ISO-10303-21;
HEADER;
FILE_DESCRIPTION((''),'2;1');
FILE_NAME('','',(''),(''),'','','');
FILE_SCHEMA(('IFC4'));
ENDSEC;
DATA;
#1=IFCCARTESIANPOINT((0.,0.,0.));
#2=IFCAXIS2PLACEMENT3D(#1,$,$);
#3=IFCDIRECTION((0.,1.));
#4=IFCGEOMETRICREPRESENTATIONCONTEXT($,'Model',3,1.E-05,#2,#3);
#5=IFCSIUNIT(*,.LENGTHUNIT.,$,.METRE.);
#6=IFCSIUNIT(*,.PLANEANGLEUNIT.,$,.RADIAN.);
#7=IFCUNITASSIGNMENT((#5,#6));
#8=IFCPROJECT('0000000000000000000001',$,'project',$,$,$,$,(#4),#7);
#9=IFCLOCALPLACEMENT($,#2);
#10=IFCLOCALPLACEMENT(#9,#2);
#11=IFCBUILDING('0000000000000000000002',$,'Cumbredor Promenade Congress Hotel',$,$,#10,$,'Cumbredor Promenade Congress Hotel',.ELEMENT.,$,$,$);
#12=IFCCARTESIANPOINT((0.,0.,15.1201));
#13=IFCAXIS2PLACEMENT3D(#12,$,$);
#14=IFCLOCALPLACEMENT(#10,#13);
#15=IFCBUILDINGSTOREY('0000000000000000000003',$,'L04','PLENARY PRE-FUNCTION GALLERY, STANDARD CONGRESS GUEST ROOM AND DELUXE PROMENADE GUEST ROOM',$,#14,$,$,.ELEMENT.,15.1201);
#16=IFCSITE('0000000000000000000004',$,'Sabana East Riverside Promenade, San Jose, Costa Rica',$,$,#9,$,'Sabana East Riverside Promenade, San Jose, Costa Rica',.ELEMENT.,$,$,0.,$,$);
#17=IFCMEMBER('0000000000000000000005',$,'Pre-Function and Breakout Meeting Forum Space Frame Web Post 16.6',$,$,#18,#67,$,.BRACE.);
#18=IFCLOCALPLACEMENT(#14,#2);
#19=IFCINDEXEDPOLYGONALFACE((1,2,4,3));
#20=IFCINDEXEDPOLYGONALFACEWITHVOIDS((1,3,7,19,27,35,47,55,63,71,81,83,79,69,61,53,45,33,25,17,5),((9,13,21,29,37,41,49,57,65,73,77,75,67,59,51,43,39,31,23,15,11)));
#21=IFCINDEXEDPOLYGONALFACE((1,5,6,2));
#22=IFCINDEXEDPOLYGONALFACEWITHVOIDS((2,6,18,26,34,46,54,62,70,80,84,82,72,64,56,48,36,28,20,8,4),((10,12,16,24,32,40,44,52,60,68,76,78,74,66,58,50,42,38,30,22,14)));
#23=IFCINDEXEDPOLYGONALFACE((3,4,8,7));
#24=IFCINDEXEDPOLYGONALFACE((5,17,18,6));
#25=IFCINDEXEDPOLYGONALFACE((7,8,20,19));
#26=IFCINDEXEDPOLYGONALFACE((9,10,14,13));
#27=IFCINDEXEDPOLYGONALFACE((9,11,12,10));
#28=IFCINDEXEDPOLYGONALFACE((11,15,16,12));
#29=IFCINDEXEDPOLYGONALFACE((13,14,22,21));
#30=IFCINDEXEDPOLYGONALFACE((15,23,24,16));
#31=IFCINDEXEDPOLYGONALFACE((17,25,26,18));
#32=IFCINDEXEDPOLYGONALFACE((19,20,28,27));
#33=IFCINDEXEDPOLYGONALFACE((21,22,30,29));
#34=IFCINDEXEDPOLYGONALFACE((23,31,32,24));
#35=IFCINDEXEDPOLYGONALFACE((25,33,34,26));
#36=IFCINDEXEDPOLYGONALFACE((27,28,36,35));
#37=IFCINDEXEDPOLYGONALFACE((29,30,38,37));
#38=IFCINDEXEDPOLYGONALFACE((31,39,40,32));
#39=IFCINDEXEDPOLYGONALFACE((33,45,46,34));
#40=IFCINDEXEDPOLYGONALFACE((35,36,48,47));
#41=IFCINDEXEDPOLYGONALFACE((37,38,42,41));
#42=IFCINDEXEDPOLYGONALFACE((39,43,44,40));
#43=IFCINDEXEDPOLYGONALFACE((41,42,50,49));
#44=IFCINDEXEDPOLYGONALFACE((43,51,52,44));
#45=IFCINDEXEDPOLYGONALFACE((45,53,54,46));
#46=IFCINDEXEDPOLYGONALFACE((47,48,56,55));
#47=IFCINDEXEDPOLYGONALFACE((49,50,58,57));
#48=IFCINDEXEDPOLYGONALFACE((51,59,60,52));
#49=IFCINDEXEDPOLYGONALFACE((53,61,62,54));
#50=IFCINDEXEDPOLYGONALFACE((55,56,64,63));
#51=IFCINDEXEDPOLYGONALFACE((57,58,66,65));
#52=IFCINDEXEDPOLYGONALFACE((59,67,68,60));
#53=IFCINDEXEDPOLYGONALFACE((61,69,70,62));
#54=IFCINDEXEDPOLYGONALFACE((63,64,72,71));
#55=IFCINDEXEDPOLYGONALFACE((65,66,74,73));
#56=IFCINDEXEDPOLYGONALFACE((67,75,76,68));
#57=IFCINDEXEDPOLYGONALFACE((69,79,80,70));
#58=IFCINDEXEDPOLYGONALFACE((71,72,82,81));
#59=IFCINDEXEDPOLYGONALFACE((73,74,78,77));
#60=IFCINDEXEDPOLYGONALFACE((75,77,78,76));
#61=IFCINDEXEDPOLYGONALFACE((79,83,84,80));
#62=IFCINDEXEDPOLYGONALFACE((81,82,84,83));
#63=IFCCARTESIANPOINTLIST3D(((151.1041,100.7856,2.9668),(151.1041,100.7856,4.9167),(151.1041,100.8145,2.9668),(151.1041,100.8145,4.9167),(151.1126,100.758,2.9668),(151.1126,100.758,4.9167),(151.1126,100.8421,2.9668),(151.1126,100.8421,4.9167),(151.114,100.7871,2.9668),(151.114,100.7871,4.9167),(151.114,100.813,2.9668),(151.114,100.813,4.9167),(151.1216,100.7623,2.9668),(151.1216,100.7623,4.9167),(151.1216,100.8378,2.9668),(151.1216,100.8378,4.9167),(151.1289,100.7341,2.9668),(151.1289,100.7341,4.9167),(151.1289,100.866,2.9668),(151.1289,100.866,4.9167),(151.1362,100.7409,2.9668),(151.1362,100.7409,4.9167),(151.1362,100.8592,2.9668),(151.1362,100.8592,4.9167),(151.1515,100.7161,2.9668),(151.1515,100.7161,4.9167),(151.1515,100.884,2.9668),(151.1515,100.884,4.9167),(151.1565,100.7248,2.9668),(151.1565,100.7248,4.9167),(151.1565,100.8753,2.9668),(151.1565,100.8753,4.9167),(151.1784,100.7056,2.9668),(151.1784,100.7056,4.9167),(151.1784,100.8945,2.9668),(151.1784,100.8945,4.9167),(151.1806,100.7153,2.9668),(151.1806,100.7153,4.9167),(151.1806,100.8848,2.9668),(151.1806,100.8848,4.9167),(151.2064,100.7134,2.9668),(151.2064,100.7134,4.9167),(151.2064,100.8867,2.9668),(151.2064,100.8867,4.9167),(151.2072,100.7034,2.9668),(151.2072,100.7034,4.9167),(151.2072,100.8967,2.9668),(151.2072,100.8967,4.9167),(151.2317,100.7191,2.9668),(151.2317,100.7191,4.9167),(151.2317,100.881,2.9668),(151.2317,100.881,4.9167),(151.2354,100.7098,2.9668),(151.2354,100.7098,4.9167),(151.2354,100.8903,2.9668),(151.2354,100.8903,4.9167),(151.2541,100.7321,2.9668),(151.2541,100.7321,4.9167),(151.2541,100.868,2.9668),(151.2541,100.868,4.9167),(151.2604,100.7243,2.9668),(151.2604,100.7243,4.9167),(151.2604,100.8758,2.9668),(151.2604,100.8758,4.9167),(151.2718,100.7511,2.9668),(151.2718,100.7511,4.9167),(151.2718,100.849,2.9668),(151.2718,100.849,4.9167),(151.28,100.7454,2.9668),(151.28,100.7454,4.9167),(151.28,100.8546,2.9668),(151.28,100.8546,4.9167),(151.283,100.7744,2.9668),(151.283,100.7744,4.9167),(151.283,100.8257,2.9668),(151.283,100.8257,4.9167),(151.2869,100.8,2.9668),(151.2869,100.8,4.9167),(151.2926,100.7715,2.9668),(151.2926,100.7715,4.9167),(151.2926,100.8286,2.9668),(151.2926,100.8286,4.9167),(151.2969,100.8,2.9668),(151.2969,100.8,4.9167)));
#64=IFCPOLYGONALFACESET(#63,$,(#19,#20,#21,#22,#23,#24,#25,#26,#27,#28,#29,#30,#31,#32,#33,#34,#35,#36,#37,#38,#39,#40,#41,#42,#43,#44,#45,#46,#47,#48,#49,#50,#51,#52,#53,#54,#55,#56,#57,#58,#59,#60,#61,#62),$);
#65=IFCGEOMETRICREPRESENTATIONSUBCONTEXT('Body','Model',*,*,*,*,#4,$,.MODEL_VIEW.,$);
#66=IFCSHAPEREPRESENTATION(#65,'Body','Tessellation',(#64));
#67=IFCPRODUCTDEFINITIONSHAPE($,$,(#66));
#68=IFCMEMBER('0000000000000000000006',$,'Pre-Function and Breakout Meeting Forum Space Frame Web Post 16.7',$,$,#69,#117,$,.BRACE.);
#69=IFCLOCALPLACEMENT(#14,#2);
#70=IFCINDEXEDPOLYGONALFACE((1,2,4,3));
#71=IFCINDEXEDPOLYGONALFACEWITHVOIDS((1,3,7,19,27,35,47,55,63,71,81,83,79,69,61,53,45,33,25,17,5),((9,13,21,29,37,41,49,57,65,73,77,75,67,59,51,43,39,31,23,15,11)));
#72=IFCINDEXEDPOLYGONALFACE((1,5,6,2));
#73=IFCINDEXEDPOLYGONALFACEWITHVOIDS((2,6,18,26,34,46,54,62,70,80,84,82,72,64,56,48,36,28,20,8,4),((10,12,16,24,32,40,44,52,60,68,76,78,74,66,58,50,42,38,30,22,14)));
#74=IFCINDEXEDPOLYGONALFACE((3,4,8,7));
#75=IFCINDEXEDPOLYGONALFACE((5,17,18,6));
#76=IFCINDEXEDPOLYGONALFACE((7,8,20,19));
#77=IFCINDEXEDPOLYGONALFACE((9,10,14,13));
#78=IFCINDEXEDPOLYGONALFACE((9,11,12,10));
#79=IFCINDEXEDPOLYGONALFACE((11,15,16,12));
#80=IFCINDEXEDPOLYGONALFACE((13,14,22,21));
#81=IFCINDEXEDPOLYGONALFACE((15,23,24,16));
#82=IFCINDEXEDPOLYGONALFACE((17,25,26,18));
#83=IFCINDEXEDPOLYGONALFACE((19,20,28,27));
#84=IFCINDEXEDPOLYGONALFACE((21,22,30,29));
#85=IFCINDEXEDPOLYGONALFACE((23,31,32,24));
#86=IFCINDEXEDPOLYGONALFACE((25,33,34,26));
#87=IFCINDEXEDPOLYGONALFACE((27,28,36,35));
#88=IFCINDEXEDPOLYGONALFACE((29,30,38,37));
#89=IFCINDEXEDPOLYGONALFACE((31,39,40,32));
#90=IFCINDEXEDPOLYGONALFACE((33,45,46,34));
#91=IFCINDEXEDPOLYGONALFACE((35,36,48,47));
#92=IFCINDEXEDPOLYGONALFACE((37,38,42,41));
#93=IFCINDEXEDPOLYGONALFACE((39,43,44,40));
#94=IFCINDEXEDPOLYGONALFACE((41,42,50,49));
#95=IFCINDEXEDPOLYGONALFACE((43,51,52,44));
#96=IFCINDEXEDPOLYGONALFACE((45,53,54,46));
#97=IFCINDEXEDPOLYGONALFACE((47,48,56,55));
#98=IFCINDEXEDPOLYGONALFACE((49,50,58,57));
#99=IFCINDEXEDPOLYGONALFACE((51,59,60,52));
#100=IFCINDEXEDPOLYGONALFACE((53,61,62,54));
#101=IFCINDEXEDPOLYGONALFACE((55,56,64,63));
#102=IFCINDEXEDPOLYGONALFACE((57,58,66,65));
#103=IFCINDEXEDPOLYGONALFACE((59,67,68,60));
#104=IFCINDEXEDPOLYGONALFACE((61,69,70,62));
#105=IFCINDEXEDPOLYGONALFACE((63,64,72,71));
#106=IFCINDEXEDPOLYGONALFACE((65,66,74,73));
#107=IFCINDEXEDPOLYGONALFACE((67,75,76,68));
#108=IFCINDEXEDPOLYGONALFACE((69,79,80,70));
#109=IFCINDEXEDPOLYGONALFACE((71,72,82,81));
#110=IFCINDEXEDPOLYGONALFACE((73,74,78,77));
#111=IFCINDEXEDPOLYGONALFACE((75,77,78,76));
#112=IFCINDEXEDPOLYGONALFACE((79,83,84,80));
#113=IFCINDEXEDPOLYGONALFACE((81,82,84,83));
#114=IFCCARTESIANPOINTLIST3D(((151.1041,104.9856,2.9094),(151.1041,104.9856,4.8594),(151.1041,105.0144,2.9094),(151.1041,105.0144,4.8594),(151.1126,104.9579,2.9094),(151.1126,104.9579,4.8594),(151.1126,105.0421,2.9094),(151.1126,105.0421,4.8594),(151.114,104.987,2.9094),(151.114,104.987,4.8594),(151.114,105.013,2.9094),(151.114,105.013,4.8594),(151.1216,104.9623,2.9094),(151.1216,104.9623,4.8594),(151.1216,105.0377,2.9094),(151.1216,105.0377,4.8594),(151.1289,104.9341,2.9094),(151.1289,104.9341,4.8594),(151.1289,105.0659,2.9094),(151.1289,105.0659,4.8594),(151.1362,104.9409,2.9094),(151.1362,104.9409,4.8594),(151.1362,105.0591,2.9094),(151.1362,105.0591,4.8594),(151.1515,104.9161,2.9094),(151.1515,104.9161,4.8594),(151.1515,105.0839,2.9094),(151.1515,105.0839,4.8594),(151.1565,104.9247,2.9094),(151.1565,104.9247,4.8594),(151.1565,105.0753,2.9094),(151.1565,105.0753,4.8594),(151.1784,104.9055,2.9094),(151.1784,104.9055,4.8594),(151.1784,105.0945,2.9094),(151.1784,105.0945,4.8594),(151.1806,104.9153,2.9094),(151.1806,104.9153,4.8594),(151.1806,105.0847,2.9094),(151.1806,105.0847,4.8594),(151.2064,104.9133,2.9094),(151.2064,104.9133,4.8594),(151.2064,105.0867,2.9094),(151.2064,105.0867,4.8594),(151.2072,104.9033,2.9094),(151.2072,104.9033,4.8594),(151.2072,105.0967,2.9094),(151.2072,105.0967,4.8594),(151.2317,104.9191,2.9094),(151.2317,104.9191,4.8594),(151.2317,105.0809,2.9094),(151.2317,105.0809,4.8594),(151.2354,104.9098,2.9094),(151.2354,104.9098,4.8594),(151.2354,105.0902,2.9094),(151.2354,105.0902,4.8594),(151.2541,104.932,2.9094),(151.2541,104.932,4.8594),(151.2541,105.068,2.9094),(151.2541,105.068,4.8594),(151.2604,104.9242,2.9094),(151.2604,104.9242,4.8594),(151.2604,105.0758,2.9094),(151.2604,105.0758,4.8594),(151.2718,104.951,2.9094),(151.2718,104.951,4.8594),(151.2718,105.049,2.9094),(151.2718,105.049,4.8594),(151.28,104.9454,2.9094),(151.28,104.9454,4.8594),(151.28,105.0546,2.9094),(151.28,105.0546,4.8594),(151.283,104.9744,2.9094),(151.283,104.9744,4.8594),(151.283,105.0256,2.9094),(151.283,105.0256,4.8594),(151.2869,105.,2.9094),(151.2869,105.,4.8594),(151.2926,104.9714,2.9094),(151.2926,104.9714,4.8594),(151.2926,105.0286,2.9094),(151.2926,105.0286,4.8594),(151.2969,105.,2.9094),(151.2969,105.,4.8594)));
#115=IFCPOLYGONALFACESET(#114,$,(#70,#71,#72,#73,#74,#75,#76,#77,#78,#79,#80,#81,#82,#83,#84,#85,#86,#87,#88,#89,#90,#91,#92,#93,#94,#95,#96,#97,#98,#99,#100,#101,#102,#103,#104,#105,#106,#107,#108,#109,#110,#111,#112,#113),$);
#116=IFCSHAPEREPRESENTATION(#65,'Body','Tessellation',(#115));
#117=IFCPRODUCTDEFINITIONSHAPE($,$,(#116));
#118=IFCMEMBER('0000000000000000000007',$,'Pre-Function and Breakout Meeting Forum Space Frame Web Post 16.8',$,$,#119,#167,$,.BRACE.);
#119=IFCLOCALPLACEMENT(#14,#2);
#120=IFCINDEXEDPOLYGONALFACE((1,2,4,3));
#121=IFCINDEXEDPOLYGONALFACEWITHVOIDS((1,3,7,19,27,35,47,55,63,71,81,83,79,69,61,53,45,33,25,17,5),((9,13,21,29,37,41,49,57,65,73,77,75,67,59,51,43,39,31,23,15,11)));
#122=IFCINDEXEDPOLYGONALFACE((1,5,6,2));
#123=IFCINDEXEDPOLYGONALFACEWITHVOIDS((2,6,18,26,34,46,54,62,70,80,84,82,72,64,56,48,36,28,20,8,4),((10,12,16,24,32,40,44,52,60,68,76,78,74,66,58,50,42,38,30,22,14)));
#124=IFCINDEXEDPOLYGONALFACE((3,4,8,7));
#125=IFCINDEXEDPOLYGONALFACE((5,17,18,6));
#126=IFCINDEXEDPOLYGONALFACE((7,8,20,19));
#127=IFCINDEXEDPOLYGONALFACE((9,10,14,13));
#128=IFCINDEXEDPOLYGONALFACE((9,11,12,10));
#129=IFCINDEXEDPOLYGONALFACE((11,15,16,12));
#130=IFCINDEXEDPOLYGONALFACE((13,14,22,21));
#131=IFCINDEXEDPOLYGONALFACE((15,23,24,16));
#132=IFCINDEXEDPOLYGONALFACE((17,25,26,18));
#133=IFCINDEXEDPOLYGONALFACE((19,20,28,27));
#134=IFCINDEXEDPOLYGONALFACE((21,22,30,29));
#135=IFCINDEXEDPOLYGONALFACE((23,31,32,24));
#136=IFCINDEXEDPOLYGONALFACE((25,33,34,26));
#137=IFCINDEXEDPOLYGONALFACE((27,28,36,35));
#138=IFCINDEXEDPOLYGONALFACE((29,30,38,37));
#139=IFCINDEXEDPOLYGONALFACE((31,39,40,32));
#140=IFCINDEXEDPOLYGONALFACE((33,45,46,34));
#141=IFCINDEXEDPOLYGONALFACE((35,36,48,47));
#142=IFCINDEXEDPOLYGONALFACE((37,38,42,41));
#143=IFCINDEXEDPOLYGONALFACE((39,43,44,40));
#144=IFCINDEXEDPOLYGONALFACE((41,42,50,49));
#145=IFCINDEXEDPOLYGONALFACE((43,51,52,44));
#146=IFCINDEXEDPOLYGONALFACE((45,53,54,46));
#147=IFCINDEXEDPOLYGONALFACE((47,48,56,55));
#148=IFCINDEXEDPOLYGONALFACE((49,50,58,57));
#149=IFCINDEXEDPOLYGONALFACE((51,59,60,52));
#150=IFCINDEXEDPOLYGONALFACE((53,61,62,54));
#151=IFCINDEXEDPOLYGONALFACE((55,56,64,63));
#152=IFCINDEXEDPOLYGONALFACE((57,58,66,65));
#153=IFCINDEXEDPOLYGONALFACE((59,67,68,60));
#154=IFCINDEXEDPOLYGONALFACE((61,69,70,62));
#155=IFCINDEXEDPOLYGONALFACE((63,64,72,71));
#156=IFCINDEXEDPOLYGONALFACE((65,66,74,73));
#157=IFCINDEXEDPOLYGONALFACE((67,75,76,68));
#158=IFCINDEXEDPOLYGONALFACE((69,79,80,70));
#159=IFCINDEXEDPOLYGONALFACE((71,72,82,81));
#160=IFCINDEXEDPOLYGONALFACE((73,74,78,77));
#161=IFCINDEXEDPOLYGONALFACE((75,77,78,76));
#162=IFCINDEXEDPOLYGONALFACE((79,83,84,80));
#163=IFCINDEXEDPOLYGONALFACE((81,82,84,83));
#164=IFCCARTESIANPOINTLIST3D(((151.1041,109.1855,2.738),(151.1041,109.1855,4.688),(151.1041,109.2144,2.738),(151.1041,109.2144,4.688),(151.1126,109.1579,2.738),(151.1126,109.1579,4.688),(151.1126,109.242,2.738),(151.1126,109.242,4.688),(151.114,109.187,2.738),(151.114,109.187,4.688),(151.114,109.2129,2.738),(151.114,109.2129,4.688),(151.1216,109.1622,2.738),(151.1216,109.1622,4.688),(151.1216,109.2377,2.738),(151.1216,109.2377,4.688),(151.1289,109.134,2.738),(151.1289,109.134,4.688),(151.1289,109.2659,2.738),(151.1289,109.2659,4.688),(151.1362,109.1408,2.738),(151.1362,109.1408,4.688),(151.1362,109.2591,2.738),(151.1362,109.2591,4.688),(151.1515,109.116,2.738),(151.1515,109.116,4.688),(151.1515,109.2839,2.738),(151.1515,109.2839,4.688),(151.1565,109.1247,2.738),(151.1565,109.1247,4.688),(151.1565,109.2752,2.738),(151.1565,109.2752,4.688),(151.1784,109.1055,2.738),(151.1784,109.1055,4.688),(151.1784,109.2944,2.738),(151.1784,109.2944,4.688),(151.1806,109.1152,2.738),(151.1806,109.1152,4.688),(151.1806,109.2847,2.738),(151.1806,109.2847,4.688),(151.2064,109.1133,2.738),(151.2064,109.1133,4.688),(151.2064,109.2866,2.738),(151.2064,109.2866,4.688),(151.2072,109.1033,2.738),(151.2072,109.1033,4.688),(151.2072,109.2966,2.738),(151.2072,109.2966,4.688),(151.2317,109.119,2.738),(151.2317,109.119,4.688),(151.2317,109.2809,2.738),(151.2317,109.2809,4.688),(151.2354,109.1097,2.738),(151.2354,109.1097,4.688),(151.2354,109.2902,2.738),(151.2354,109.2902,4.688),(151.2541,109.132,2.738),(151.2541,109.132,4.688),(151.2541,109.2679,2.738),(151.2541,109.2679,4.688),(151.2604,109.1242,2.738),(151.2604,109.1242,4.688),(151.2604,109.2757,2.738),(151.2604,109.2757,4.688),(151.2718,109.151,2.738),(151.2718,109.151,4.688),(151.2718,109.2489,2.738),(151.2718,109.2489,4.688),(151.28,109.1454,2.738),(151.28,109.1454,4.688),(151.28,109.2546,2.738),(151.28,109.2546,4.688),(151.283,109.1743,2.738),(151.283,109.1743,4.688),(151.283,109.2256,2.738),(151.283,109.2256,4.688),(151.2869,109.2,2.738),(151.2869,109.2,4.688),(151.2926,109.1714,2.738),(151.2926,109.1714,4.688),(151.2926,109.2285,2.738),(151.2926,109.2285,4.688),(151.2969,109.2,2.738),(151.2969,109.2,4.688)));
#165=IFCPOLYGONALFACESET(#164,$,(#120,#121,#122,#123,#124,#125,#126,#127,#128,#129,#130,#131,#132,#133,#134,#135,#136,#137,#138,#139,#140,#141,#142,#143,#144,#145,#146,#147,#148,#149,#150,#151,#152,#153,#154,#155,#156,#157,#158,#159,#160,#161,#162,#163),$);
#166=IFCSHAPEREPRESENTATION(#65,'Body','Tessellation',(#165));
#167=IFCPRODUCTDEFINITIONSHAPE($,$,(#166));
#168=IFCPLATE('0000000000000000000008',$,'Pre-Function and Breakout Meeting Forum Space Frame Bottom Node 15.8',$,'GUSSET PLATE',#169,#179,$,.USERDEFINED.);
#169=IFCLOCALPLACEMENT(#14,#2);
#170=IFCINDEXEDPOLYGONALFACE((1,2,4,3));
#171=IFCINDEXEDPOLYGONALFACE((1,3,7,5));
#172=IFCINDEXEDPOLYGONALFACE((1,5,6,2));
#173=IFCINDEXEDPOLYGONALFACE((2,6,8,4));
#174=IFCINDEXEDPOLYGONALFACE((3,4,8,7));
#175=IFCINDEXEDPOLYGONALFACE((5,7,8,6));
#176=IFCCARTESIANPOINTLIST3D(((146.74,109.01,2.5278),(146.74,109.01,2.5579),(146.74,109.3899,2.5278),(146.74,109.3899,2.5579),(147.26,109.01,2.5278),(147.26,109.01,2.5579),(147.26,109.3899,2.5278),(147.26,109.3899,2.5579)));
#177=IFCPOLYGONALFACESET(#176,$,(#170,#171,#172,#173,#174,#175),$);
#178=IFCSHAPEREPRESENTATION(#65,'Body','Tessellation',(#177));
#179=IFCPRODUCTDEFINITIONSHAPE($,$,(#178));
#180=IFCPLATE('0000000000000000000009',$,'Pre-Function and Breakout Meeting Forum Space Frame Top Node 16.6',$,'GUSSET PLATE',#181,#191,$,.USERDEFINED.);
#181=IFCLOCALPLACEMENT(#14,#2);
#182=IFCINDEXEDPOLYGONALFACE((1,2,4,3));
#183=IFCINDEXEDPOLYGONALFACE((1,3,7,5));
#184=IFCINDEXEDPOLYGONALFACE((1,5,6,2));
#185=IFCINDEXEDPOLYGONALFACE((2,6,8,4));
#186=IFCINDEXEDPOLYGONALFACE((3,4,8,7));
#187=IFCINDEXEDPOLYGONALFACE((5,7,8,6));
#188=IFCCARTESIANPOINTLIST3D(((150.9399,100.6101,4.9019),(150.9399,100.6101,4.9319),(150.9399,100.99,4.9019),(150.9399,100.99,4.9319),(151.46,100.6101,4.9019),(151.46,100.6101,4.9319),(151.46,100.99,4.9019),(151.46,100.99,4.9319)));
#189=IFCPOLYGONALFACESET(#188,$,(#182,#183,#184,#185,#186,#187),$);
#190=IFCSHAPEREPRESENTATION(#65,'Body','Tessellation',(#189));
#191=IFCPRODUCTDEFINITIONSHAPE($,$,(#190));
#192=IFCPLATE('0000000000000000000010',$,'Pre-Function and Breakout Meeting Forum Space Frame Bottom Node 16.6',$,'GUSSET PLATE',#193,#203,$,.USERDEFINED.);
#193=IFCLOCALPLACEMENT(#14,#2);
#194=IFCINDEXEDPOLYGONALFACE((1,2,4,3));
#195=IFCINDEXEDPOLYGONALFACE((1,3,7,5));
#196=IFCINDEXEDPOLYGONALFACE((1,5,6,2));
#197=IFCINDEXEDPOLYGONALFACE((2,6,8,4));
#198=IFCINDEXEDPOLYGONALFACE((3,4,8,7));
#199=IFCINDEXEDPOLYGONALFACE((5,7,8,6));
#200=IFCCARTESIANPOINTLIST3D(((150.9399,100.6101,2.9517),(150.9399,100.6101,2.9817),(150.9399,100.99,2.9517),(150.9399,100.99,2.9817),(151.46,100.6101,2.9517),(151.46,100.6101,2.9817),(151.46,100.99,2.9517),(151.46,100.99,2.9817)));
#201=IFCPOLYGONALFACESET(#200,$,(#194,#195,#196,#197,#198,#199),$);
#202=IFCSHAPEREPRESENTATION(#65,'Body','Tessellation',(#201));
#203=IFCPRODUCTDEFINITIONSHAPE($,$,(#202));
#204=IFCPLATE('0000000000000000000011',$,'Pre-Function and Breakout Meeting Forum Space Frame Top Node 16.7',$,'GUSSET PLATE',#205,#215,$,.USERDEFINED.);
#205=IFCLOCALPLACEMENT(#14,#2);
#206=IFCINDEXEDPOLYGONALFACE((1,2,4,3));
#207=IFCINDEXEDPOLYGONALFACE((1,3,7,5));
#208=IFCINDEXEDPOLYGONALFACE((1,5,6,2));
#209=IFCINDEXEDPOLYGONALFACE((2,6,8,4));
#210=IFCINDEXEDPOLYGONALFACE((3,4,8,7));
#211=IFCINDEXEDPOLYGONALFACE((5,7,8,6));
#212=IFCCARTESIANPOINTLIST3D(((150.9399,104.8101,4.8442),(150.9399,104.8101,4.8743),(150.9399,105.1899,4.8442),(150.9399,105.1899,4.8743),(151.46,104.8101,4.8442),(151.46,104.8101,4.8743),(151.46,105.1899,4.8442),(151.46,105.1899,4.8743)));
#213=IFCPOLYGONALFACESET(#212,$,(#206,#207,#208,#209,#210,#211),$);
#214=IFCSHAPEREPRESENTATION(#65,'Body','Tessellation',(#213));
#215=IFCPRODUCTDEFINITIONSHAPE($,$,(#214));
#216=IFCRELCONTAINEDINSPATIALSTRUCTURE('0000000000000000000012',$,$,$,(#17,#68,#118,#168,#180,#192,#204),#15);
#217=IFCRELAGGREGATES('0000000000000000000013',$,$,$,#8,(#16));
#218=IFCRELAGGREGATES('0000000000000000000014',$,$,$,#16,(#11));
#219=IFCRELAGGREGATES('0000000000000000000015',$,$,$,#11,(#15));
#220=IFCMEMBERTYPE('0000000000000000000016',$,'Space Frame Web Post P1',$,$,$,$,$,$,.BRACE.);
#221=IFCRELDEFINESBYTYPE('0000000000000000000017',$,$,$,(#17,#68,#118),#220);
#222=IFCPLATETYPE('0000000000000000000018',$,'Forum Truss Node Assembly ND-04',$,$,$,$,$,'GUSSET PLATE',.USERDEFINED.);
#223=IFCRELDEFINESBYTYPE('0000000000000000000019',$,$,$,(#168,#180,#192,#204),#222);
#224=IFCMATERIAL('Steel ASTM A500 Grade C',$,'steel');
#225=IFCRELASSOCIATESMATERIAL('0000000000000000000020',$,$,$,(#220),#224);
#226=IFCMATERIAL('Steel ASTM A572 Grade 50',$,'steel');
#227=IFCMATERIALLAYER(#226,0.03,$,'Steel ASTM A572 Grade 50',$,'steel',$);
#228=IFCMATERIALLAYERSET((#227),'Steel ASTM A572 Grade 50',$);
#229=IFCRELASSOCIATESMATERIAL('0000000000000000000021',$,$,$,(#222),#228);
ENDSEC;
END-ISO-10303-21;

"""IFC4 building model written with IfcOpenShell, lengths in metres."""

from ifc_helpers import new_model, si_unit, direction, frame, origin, origin_2d, place, context, subcontext, project, spatial, rectangle, hollow_circle, extrude, material, layer, layer_set, material_profile, profile_set, type_object, element, save


model = new_model("IFC4")

# Units and contexts
model_context = context("Model", 3, precision=1e-05, world=origin(), true_north=direction((0.0, 1.0)))
body_context = subcontext(model_context, "Body", "Model", "MODEL_VIEW")
ifc_project = project(units=[si_unit("LENGTHUNIT", "METRE"), si_unit("PLANEANGLEUNIT", "RADIAN")], contexts=[model_context])

# Site, building, storey
site_placement = place(None, origin())
site = spatial("IfcSite", under=ifc_project, at=site_placement, Name="Sabana East Riverside Promenade, San Jose, Costa Rica", LongName="Sabana East Riverside Promenade, San Jose, Costa Rica", CompositionType="ELEMENT", RefElevation=0.0)
building_placement = place(site_placement, origin())
building = spatial("IfcBuilding", under=site, at=building_placement, Name="Cumbredor Promenade Congress Hotel", LongName="Cumbredor Promenade Congress Hotel", CompositionType="ELEMENT")
storey_placement = place(building_placement, frame((0.0, 0.0, 15.1201)))
storey = spatial("IfcBuildingStorey", under=building, at=storey_placement, Name="L04", Description="PLENARY PRE-FUNCTION GALLERY, STANDARD CONGRESS GUEST ROOM AND DELUXE PROMENADE GUEST ROOM", CompositionType="ELEMENT", Elevation=15.1201)

# Members
ifc_material_1 = material(Name="Steel ASTM A500 Grade C", Category="steel")
ifc_material_profile_1 = material_profile(ifc_material_1, hollow_circle(Radius=0.0969, WallThickness=0.01, at=origin_2d()), Name="CHS 193.7x10")
ifc_profile_set_1 = profile_set([ifc_material_profile_1], Name="Steel ASTM A500 Grade C")
member_type_1 = type_object("IfcMemberType", Name="Space Frame Web Post P1", PredefinedType="BRACE", material=ifc_profile_set_1)
for number, where, z_axis, x_axis, name in (
    (1, (151.2, 100.8, 2.9668), (0.0, 0.0, 1.0), (1.0, 0.0, 0.0), "Pre-Function and Breakout Meeting Forum Space Frame Web Post 16.6"),
    (2, (151.2, 105.0, 2.9094), (0.0, 0.0, 1.0), (1.0, 0.0, 0.0), "Pre-Function and Breakout Meeting Forum Space Frame Web Post 16.7"),
    (3, (151.2, 109.2, 2.738), (0.0, 0.0, 1.0), (1.0, 0.0, 0.0), "Pre-Function and Breakout Meeting Forum Space Frame Web Post 16.8"),
):
    element("IfcMember", number, at=place(storey_placement, frame(where, z_axis=z_axis, x_axis=x_axis)), inside=storey, type_object=member_type_1, Name=name, PredefinedType="BRACE", context=body_context, shape_type="SweptSolid", body=[
        extrude(hollow_circle(Radius=0.0969, WallThickness=0.01, at=origin_2d()), origin(), (0.0, 0.0, 1.0), 1.95),
    ])

# Plates
ifc_material_2 = material(Name="Steel ASTM A572 Grade 50", Category="steel")
ifc_layer = layer(ifc_material_2, 0.03, Name="Steel ASTM A572 Grade 50", Category="steel")
ifc_layer_set = layer_set([ifc_layer], Name="Steel ASTM A572 Grade 50")
plate_type = type_object("IfcPlateType", Name="Forum Truss Node Assembly ND-04", ElementType="GUSSET PLATE", PredefinedType="USERDEFINED", material=ifc_layer_set)
for number, where, z_axis, x_axis, name in (
    (4, (147.0, 109.2, 2.5278), (0.0, 0.0, 1.0), (1.0, 0.0, 0.0), "Pre-Function and Breakout Meeting Forum Space Frame Bottom Node 15.8"),
    (5, (151.2, 100.8, 4.9019), (0.0, 0.0, 1.0), (1.0, 0.0, 0.0), "Pre-Function and Breakout Meeting Forum Space Frame Top Node 16.6"),
    (6, (151.2, 100.8, 2.9517), (0.0, 0.0, 1.0), (1.0, 0.0, 0.0), "Pre-Function and Breakout Meeting Forum Space Frame Bottom Node 16.6"),
    (7, (151.2, 105.0, 4.8442), (0.0, 0.0, 1.0), (1.0, 0.0, 0.0), "Pre-Function and Breakout Meeting Forum Space Frame Top Node 16.7"),
):
    element("IfcPlate", number, at=place(storey_placement, frame(where, z_axis=z_axis, x_axis=x_axis)), inside=storey, type_object=plate_type, Name=name, ObjectType="GUSSET PLATE", PredefinedType="USERDEFINED", context=body_context, shape_type="SweptSolid", body=[
        extrude(rectangle(XDim=0.52, YDim=0.3799, at=origin_2d()), origin(), (0.0, 0.0, 1.0), 0.03),
    ])

save(model, "model.ifc")
